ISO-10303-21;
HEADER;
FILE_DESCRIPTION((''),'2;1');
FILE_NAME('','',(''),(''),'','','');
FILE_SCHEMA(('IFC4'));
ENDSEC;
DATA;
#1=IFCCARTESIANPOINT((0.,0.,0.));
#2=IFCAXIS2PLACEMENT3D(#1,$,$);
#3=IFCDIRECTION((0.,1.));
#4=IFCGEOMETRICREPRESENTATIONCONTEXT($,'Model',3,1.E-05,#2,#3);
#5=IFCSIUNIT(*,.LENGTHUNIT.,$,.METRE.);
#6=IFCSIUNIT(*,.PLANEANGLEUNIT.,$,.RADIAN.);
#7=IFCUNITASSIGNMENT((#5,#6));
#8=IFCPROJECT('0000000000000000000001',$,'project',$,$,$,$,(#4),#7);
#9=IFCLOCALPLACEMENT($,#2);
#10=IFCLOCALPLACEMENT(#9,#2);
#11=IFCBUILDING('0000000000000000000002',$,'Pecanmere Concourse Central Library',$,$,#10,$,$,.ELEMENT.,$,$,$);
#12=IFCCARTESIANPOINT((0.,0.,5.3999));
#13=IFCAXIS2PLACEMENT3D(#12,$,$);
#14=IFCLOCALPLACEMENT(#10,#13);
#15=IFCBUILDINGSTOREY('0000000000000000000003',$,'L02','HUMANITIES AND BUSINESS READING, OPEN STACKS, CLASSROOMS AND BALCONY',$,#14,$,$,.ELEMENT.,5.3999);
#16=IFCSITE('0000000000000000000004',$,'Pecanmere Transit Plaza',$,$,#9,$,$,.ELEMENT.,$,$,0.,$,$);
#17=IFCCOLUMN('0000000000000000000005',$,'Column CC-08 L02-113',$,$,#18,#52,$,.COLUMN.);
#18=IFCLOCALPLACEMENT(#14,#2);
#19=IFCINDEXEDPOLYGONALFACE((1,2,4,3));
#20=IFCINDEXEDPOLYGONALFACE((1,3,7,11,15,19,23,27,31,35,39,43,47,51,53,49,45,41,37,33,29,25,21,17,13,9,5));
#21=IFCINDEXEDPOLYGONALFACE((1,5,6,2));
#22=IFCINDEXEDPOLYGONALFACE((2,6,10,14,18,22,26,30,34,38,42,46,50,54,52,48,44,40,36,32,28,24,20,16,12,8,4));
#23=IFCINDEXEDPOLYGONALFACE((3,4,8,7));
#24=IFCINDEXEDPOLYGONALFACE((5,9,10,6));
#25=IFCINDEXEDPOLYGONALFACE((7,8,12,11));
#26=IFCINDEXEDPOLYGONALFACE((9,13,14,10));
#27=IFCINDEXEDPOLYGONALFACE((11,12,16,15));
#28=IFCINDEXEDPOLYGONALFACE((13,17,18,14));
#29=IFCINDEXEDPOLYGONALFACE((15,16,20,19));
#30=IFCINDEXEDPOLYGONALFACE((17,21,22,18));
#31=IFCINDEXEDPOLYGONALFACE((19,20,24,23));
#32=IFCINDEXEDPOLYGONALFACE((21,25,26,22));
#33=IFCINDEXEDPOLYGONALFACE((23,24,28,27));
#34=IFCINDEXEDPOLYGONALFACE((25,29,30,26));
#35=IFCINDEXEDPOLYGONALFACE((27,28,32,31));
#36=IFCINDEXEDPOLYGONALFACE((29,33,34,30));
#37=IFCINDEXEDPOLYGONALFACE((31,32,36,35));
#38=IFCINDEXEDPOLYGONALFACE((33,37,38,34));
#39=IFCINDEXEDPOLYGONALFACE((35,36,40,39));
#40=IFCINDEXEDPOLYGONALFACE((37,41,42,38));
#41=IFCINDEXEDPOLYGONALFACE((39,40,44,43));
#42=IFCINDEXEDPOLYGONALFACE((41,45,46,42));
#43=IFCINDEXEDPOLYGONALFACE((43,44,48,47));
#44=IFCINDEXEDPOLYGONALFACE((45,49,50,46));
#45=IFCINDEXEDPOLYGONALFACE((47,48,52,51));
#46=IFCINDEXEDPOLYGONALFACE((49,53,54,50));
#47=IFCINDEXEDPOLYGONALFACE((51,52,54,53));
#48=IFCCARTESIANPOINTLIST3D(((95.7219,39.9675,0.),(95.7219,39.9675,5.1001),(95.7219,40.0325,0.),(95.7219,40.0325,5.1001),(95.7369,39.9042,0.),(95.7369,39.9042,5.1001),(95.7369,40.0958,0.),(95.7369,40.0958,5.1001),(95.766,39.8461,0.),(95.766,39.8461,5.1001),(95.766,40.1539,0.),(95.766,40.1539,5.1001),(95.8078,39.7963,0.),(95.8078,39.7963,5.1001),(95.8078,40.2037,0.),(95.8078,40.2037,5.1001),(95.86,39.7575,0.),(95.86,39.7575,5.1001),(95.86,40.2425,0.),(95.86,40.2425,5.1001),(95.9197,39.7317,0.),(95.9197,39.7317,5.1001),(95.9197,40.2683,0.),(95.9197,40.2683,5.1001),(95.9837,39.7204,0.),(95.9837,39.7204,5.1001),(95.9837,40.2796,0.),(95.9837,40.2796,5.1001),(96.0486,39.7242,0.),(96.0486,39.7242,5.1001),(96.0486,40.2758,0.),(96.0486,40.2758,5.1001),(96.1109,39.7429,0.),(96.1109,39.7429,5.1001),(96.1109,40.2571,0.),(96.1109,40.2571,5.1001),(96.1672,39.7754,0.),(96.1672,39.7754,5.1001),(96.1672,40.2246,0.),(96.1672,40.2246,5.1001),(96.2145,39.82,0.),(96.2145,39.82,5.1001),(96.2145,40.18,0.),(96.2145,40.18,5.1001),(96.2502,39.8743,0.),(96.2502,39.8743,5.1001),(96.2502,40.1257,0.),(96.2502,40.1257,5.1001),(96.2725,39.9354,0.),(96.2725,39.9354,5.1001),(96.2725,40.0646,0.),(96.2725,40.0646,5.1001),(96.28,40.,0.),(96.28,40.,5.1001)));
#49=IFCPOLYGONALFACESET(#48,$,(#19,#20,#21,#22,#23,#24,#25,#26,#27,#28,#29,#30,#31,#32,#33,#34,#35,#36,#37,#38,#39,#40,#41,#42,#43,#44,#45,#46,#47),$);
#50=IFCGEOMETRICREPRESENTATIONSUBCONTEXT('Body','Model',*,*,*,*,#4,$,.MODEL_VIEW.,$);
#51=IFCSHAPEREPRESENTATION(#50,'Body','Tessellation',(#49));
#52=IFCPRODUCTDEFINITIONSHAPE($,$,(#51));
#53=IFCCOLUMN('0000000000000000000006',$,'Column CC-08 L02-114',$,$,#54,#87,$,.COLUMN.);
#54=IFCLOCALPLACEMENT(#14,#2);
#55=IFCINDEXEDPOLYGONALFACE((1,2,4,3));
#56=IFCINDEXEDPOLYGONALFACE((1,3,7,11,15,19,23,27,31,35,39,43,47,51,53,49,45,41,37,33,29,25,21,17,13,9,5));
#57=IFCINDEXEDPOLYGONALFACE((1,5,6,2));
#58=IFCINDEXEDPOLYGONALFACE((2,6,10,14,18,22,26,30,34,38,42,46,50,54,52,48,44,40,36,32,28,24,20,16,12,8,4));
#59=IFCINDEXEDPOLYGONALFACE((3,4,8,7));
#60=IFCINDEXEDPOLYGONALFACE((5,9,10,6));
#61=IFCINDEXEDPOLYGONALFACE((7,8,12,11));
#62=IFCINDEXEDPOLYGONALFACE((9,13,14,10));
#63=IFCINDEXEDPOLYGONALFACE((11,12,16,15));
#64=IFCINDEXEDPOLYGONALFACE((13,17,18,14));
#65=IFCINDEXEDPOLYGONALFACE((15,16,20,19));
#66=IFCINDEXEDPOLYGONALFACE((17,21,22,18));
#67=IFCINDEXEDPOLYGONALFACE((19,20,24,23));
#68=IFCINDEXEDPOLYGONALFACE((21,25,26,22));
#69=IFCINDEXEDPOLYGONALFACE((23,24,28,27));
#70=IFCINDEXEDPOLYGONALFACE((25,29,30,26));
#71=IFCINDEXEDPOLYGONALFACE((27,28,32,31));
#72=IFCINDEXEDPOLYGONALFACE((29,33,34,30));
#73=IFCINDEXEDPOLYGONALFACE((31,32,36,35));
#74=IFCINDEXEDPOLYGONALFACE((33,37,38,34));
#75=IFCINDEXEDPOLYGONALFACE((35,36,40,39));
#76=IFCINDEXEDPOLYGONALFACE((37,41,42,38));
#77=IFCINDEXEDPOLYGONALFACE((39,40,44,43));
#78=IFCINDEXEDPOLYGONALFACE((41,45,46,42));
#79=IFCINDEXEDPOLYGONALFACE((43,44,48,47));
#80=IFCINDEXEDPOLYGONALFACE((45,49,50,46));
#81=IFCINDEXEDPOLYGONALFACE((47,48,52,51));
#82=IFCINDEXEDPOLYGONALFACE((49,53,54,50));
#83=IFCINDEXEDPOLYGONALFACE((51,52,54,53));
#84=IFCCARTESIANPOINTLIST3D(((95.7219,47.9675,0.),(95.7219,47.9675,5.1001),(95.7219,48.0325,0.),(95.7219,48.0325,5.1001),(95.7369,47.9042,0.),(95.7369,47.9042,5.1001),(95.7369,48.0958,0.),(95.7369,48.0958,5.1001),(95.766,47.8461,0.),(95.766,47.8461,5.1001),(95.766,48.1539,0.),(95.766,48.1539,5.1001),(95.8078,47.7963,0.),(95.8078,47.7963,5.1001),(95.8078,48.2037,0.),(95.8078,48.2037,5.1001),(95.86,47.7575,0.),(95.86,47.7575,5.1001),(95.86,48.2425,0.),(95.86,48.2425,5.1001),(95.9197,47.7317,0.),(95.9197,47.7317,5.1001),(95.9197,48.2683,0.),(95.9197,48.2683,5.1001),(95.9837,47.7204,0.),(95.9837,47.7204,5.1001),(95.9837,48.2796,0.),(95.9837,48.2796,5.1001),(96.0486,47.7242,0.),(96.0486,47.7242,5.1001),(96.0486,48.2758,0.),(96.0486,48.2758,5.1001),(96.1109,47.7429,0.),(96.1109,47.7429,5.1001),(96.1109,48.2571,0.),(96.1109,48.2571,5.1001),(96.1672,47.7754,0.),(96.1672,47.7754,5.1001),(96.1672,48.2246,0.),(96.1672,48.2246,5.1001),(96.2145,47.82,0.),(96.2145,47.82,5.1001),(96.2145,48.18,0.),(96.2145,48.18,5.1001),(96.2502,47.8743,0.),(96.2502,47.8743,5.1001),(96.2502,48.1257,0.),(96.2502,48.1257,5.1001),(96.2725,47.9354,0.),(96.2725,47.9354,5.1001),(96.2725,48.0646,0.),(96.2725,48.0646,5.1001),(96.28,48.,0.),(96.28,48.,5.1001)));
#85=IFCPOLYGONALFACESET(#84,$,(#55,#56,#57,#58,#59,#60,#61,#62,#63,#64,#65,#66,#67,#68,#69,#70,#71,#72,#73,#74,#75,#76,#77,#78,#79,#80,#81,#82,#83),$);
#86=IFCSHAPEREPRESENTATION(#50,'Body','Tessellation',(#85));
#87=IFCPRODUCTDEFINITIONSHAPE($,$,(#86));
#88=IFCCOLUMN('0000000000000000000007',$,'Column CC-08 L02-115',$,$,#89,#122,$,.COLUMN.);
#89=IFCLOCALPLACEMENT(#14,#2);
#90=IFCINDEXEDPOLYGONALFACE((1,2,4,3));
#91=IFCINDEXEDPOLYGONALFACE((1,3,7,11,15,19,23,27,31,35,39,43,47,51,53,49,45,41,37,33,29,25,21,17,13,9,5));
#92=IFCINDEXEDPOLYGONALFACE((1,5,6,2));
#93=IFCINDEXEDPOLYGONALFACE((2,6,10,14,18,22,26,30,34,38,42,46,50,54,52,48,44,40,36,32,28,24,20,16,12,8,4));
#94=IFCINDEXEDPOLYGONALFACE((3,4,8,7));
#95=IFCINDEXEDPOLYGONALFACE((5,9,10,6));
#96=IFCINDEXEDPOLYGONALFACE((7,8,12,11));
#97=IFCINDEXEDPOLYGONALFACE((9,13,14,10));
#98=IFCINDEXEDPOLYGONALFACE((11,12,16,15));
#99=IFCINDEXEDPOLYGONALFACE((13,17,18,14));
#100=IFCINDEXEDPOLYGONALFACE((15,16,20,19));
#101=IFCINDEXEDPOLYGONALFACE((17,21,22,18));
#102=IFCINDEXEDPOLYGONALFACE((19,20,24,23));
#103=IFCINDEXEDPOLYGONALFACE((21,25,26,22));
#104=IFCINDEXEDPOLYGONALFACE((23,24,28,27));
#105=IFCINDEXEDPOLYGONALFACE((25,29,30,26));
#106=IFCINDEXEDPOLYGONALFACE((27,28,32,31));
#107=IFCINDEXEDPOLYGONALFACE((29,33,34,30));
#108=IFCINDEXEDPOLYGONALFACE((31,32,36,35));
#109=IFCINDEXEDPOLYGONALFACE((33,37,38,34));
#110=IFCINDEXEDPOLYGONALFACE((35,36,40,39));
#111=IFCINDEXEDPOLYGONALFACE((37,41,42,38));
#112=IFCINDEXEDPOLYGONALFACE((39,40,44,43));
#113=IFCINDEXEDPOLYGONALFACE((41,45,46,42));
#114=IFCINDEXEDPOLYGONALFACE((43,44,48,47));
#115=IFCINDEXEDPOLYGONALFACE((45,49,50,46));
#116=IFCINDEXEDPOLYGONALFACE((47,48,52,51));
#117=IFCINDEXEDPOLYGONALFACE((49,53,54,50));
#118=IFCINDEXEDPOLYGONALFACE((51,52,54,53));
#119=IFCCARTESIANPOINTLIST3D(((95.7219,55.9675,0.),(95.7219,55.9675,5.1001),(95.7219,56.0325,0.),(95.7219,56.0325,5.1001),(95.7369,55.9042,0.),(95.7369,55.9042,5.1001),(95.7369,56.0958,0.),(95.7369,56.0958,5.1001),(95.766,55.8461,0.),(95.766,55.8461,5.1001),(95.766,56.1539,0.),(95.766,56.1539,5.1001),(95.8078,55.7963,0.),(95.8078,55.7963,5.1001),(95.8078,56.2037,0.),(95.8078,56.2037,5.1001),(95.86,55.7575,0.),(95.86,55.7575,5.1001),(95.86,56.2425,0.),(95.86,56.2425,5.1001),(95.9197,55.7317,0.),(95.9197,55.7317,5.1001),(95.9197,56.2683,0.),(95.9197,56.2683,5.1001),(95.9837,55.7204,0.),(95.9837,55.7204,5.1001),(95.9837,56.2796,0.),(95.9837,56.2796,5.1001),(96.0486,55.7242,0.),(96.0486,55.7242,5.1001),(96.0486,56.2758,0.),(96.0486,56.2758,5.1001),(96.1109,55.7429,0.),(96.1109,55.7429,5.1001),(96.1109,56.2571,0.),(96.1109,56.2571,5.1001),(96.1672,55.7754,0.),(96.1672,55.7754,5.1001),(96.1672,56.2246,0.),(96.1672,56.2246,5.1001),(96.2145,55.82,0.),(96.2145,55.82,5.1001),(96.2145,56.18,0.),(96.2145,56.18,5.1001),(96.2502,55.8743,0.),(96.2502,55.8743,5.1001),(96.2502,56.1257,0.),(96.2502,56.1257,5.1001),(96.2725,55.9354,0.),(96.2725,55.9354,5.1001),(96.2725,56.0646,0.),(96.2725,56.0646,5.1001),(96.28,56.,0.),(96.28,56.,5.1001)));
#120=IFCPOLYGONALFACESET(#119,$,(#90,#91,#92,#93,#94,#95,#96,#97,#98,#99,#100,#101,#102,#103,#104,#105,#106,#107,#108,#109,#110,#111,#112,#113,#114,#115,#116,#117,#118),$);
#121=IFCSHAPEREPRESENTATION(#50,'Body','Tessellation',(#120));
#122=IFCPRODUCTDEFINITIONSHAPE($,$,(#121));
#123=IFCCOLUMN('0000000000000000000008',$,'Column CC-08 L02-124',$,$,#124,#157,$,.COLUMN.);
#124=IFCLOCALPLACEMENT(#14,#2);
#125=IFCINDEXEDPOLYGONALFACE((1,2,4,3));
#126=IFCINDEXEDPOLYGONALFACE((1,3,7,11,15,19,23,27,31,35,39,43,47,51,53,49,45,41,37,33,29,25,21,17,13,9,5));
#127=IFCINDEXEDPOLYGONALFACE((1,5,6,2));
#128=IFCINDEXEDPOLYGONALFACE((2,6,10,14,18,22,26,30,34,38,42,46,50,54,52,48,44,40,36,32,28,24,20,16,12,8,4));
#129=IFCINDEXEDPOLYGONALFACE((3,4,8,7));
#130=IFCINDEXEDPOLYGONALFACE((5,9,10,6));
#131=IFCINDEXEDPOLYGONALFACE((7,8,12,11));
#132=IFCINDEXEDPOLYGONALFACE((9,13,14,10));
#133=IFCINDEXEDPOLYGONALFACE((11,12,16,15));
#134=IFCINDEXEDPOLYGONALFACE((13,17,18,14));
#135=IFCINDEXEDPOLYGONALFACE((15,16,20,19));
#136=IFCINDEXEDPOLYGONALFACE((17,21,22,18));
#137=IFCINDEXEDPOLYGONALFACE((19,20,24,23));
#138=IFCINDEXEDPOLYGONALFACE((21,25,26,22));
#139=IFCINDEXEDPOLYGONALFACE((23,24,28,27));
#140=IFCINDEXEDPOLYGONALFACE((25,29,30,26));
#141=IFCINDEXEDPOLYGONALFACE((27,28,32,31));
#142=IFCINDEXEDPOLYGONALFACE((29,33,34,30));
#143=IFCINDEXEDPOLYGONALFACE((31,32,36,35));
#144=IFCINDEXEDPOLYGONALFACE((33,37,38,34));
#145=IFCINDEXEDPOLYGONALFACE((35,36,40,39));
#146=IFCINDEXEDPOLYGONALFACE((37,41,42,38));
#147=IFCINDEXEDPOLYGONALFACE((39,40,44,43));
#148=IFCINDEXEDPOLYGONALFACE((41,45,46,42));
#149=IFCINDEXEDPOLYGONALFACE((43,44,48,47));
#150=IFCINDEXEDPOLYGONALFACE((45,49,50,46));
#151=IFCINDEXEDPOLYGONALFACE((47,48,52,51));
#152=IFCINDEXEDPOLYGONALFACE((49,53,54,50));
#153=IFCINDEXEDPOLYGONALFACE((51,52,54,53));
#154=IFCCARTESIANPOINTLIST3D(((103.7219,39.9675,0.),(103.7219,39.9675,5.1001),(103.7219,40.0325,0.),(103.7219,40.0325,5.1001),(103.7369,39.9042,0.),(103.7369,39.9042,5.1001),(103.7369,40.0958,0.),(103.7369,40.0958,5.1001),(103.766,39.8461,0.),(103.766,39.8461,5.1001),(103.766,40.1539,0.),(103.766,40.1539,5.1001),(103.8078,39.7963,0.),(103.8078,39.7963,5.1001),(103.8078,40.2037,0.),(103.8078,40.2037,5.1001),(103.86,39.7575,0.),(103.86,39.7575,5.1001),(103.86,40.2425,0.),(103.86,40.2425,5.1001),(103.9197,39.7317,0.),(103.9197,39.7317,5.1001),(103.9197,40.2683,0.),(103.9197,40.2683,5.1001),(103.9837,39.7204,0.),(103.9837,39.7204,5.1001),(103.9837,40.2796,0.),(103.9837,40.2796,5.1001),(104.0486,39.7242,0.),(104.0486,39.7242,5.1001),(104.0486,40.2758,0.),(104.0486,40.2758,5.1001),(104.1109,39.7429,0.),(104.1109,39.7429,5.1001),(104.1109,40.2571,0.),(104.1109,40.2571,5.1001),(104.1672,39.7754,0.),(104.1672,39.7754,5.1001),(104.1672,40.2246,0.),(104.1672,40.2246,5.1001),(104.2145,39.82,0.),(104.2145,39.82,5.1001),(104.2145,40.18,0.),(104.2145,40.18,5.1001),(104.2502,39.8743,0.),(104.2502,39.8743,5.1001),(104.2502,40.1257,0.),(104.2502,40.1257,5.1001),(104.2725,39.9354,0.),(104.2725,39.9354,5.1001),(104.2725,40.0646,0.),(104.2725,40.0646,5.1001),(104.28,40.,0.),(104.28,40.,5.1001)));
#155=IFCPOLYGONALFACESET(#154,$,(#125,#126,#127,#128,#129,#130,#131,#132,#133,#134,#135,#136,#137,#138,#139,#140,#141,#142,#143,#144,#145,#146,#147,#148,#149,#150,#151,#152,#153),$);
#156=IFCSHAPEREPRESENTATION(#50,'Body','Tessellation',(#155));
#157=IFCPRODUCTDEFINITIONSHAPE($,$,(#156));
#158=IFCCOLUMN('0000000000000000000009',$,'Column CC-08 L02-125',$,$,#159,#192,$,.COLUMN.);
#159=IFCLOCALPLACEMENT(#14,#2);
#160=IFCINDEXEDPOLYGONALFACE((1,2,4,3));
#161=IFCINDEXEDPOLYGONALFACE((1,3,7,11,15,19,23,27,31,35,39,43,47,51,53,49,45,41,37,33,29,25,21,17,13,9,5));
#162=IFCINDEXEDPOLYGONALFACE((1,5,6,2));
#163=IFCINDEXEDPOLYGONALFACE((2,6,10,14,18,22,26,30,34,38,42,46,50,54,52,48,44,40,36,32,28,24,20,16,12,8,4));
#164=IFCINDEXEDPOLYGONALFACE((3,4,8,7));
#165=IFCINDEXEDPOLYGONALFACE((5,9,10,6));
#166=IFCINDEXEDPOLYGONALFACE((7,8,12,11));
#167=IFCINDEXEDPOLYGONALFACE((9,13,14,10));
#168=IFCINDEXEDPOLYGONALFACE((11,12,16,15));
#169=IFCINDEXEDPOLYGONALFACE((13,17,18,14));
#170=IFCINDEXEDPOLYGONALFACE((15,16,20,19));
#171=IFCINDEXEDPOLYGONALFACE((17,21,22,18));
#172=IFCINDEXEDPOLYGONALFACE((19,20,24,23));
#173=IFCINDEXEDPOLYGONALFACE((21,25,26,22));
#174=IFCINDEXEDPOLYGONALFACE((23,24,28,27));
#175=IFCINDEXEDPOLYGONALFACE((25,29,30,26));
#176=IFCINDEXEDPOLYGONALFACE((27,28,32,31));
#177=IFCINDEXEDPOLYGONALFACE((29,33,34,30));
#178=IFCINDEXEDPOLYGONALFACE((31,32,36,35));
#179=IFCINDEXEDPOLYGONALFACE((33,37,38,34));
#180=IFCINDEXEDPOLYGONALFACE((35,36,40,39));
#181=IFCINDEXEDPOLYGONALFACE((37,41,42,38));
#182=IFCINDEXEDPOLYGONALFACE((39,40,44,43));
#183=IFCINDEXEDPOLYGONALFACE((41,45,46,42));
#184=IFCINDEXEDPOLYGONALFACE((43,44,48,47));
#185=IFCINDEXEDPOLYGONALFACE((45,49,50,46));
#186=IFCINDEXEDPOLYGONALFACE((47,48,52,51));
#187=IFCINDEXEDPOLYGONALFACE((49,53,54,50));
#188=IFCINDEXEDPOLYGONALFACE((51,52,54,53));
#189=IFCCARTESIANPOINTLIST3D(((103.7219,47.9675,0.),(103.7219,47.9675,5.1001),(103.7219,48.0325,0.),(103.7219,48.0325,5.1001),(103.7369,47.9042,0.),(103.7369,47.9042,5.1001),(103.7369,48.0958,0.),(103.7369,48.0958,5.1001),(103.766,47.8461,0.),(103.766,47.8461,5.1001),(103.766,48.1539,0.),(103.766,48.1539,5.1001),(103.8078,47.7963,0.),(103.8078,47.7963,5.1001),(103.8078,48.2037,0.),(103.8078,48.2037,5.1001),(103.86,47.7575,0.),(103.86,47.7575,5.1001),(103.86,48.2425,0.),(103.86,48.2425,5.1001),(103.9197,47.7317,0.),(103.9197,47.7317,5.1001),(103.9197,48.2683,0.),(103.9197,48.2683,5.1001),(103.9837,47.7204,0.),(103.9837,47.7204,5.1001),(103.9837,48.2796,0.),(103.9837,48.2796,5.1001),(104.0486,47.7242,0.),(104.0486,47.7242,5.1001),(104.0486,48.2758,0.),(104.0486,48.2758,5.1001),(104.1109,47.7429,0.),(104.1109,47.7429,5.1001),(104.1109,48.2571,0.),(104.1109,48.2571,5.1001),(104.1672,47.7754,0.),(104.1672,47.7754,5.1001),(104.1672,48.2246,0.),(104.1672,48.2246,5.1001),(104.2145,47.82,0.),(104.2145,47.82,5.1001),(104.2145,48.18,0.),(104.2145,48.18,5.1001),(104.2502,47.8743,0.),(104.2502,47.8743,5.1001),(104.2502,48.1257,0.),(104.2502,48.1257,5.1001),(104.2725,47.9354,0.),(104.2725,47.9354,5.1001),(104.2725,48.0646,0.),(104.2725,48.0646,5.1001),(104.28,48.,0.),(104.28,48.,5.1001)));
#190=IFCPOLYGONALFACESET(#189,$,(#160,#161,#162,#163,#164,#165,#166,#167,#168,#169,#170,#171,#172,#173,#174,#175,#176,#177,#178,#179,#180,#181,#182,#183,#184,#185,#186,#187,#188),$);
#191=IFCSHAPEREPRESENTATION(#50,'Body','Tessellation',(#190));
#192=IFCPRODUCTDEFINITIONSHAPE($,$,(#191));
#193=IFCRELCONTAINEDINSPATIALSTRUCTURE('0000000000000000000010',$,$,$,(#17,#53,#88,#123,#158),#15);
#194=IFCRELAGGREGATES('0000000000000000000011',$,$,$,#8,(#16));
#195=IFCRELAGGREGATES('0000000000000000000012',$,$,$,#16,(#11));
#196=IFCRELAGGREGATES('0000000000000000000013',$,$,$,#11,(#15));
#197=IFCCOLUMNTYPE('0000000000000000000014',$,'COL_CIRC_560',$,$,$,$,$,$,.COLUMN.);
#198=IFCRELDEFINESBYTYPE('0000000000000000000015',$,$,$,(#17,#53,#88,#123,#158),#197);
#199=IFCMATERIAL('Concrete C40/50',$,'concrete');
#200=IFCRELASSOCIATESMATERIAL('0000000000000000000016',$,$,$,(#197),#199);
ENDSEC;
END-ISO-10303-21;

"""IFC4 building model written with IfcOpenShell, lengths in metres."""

from ifc_helpers import new_model, si_unit, direction, frame, origin, origin_2d, place, context, subcontext, project, spatial, circle, extrude, material, material_profile, profile_set, type_object, element, save


model = new_model("IFC4")

# Units and contexts
model_context = context("Model", 3, precision=1e-05, world=origin(), true_north=direction((0.0, 1.0)))
body_context = subcontext(model_context, "Body", "Model", "MODEL_VIEW")
ifc_project = project(units=[si_unit("LENGTHUNIT", "METRE"), si_unit("PLANEANGLEUNIT", "RADIAN")], contexts=[model_context])

# Site, building, storey
site_placement = place(None, origin())
site = spatial("IfcSite", under=ifc_project, at=site_placement, Name="Pecanmere Transit Plaza", CompositionType="ELEMENT", RefElevation=0.0)
building_placement = place(site_placement, origin())
building = spatial("IfcBuilding", under=site, at=building_placement, Name="Pecanmere Concourse Central Library", CompositionType="ELEMENT")
storey_placement = place(building_placement, frame((0.0, 0.0, 5.3999)))
storey = spatial("IfcBuildingStorey", under=building, at=storey_placement, Name="L02", Description="HUMANITIES AND BUSINESS READING, OPEN STACKS, CLASSROOMS AND BALCONY", CompositionType="ELEMENT", Elevation=5.3999)

# Columns
ifc_material_1 = material(Name="Concrete C40/50", Category="concrete")
ifc_material_profile_1 = material_profile(ifc_material_1, circle(Radius=0.28, at=origin_2d()), Name="RC D560")
ifc_profile_set_1 = profile_set([ifc_material_profile_1], Name="Concrete C40/50")
column_type = type_object("IfcColumnType", Name="COL_CIRC_560", PredefinedType="COLUMN", material=ifc_profile_set_1)
for number, where, z_axis, x_axis, name in (
    (1, (96.0, 40.0, 0.0), (0.0, 0.0, 1.0), (1.0, 0.0, 0.0), "Column CC-08 L02-113"),
    (2, (96.0, 48.0, 0.0), (0.0, 0.0, 1.0), (1.0, 0.0, 0.0), "Column CC-08 L02-114"),
    (3, (96.0, 56.0, 0.0), (0.0, 0.0, 1.0), (1.0, 0.0, 0.0), "Column CC-08 L02-115"),
    (4, (104.0, 40.0, 0.0), (0.0, 0.0, 1.0), (1.0, 0.0, 0.0), "Column CC-08 L02-124"),
    (5, (104.0, 48.0, 0.0), (0.0, 0.0, 1.0), (1.0, 0.0, 0.0), "Column CC-08 L02-125"),
):
    element("IfcColumn", number, at=place(storey_placement, frame(where, z_axis=z_axis, x_axis=x_axis)), inside=storey, type_object=column_type, Name=name, PredefinedType="COLUMN", context=body_context, shape_type="SweptSolid", body=[
        extrude(circle(Radius=0.28, at=origin_2d()), origin(), (0.0, 0.0, 1.0), 5.1001),
    ])

save(model, "model.ifc")
